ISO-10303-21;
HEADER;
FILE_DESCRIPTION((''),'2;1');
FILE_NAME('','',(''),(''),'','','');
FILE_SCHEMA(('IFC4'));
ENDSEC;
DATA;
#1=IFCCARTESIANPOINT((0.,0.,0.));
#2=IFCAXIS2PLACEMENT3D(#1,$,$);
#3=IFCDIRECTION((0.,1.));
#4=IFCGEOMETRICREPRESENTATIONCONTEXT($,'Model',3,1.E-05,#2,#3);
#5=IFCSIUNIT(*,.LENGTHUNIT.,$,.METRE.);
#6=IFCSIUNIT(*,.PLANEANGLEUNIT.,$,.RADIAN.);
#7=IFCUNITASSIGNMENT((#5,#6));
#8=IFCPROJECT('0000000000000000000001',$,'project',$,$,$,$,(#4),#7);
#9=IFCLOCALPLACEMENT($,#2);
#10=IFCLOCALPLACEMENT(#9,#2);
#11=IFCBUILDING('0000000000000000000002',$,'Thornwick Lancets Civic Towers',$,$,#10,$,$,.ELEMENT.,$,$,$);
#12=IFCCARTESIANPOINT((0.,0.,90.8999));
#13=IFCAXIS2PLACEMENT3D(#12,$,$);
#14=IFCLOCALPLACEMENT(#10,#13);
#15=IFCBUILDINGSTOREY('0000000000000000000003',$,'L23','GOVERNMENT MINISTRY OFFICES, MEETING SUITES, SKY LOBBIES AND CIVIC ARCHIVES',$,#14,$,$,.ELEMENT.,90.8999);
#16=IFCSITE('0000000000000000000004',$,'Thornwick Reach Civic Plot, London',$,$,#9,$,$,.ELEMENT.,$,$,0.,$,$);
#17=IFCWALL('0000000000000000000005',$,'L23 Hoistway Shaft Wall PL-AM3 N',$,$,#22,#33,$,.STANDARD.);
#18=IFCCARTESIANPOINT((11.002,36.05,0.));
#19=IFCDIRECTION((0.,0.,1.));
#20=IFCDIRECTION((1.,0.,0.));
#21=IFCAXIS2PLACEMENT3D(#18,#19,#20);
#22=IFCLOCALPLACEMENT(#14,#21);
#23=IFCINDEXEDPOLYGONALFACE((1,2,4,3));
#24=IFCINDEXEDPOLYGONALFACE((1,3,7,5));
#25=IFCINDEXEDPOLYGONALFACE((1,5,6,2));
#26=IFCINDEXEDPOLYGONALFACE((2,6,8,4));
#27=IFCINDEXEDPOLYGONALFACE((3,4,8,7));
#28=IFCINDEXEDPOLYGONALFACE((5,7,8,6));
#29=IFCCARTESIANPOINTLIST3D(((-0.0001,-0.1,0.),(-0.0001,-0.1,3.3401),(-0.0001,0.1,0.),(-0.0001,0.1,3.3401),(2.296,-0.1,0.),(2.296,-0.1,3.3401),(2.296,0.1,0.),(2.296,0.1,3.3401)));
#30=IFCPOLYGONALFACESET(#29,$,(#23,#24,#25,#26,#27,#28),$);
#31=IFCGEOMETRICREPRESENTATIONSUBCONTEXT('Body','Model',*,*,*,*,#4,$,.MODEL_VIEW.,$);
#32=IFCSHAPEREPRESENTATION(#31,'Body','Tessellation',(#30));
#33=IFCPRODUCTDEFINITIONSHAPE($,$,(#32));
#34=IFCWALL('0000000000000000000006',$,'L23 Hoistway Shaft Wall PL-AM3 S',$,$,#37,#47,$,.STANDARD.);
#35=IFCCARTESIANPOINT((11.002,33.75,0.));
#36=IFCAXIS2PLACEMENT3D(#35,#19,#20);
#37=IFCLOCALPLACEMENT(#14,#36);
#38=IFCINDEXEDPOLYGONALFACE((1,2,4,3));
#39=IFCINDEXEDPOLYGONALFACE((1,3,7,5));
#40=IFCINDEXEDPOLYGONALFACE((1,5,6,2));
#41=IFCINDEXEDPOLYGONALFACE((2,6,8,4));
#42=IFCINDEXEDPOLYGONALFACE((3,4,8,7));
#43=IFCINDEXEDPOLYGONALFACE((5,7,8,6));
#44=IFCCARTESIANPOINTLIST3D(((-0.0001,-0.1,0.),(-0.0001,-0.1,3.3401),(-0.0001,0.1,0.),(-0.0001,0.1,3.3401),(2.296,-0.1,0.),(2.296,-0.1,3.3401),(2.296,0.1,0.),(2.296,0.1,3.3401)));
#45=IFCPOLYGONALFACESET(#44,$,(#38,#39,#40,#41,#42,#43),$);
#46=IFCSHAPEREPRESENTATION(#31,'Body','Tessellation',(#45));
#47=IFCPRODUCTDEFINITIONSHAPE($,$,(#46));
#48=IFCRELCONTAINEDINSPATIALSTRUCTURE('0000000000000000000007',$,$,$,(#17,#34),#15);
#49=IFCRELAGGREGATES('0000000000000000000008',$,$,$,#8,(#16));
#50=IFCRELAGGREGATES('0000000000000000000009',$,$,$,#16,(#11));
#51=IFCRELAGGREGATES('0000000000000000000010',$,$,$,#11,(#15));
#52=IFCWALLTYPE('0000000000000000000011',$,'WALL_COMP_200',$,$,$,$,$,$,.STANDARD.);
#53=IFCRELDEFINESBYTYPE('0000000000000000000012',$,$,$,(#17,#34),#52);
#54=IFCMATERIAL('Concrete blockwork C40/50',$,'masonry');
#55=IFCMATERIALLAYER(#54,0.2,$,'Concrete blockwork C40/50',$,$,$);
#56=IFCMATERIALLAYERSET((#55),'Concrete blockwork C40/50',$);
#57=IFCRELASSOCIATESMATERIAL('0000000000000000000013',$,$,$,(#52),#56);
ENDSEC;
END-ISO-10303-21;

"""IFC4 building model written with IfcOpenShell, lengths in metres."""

from ifc_helpers import new_model, si_unit, direction, frame, frame_2d, origin, place, context, subcontext, project, spatial, rectangle, extrude, material, layer, layer_set, type_object, element, save


model = new_model("IFC4")

# Units and contexts
model_context = context("Model", 3, precision=1e-05, world=origin(), true_north=direction((0.0, 1.0)))
body_context = subcontext(model_context, "Body", "Model", "MODEL_VIEW")
ifc_project = project(units=[si_unit("LENGTHUNIT", "METRE"), si_unit("PLANEANGLEUNIT", "RADIAN")], contexts=[model_context])

# Site, building, storey
site_placement = place(None, origin())
site = spatial("IfcSite", under=ifc_project, at=site_placement, Name="Thornwick Reach Civic Plot, London", CompositionType="ELEMENT", RefElevation=0.0)
building_placement = place(site_placement, origin())
building = spatial("IfcBuilding", under=site, at=building_placement, Name="Thornwick Lancets Civic Towers", CompositionType="ELEMENT")
storey_placement = place(building_placement, frame((0.0, 0.0, 90.8999)))
storey = spatial("IfcBuildingStorey", under=building, at=storey_placement, Name="L23", Description="GOVERNMENT MINISTRY OFFICES, MEETING SUITES, SKY LOBBIES AND CIVIC ARCHIVES", CompositionType="ELEMENT", Elevation=90.8999)

# Shared definitions
ifc_material_1 = material(Name="Concrete blockwork C40/50", Category="masonry")
ifc_layer_1 = layer(ifc_material_1, 0.2, Name="Concrete blockwork C40/50")
ifc_layer_set_1 = layer_set([ifc_layer_1], Name="Concrete blockwork C40/50")
wall_type_1 = type_object("IfcWallType", Name="WALL_COMP_200", PredefinedType="STANDARD", material=ifc_layer_set_1)

# Walls
for number, where, z_axis, x_axis, name in (
    (1, (11.002, 36.05, 0.0), (0.0, 0.0, 1.0), (1.0, 0.0, 0.0), "L23 Hoistway Shaft Wall PL-AM3 N"),
    (2, (11.002, 33.75, 0.0), (0.0, 0.0, 1.0), (1.0, 0.0, 0.0), "L23 Hoistway Shaft Wall PL-AM3 S"),
):
    element("IfcWall", number, at=place(storey_placement, frame(where, z_axis=z_axis, x_axis=x_axis)), inside=storey, type_object=wall_type_1, Name=name, PredefinedType="STANDARD", context=body_context, shape_type="SweptSolid", body=[
        extrude(rectangle(XDim=2.2961, YDim=0.2, at=frame_2d((1.1479, 0.0))), origin(), (0.0, 0.0, 1.0), 3.3401),
    ])

save(model, "model.ifc")
